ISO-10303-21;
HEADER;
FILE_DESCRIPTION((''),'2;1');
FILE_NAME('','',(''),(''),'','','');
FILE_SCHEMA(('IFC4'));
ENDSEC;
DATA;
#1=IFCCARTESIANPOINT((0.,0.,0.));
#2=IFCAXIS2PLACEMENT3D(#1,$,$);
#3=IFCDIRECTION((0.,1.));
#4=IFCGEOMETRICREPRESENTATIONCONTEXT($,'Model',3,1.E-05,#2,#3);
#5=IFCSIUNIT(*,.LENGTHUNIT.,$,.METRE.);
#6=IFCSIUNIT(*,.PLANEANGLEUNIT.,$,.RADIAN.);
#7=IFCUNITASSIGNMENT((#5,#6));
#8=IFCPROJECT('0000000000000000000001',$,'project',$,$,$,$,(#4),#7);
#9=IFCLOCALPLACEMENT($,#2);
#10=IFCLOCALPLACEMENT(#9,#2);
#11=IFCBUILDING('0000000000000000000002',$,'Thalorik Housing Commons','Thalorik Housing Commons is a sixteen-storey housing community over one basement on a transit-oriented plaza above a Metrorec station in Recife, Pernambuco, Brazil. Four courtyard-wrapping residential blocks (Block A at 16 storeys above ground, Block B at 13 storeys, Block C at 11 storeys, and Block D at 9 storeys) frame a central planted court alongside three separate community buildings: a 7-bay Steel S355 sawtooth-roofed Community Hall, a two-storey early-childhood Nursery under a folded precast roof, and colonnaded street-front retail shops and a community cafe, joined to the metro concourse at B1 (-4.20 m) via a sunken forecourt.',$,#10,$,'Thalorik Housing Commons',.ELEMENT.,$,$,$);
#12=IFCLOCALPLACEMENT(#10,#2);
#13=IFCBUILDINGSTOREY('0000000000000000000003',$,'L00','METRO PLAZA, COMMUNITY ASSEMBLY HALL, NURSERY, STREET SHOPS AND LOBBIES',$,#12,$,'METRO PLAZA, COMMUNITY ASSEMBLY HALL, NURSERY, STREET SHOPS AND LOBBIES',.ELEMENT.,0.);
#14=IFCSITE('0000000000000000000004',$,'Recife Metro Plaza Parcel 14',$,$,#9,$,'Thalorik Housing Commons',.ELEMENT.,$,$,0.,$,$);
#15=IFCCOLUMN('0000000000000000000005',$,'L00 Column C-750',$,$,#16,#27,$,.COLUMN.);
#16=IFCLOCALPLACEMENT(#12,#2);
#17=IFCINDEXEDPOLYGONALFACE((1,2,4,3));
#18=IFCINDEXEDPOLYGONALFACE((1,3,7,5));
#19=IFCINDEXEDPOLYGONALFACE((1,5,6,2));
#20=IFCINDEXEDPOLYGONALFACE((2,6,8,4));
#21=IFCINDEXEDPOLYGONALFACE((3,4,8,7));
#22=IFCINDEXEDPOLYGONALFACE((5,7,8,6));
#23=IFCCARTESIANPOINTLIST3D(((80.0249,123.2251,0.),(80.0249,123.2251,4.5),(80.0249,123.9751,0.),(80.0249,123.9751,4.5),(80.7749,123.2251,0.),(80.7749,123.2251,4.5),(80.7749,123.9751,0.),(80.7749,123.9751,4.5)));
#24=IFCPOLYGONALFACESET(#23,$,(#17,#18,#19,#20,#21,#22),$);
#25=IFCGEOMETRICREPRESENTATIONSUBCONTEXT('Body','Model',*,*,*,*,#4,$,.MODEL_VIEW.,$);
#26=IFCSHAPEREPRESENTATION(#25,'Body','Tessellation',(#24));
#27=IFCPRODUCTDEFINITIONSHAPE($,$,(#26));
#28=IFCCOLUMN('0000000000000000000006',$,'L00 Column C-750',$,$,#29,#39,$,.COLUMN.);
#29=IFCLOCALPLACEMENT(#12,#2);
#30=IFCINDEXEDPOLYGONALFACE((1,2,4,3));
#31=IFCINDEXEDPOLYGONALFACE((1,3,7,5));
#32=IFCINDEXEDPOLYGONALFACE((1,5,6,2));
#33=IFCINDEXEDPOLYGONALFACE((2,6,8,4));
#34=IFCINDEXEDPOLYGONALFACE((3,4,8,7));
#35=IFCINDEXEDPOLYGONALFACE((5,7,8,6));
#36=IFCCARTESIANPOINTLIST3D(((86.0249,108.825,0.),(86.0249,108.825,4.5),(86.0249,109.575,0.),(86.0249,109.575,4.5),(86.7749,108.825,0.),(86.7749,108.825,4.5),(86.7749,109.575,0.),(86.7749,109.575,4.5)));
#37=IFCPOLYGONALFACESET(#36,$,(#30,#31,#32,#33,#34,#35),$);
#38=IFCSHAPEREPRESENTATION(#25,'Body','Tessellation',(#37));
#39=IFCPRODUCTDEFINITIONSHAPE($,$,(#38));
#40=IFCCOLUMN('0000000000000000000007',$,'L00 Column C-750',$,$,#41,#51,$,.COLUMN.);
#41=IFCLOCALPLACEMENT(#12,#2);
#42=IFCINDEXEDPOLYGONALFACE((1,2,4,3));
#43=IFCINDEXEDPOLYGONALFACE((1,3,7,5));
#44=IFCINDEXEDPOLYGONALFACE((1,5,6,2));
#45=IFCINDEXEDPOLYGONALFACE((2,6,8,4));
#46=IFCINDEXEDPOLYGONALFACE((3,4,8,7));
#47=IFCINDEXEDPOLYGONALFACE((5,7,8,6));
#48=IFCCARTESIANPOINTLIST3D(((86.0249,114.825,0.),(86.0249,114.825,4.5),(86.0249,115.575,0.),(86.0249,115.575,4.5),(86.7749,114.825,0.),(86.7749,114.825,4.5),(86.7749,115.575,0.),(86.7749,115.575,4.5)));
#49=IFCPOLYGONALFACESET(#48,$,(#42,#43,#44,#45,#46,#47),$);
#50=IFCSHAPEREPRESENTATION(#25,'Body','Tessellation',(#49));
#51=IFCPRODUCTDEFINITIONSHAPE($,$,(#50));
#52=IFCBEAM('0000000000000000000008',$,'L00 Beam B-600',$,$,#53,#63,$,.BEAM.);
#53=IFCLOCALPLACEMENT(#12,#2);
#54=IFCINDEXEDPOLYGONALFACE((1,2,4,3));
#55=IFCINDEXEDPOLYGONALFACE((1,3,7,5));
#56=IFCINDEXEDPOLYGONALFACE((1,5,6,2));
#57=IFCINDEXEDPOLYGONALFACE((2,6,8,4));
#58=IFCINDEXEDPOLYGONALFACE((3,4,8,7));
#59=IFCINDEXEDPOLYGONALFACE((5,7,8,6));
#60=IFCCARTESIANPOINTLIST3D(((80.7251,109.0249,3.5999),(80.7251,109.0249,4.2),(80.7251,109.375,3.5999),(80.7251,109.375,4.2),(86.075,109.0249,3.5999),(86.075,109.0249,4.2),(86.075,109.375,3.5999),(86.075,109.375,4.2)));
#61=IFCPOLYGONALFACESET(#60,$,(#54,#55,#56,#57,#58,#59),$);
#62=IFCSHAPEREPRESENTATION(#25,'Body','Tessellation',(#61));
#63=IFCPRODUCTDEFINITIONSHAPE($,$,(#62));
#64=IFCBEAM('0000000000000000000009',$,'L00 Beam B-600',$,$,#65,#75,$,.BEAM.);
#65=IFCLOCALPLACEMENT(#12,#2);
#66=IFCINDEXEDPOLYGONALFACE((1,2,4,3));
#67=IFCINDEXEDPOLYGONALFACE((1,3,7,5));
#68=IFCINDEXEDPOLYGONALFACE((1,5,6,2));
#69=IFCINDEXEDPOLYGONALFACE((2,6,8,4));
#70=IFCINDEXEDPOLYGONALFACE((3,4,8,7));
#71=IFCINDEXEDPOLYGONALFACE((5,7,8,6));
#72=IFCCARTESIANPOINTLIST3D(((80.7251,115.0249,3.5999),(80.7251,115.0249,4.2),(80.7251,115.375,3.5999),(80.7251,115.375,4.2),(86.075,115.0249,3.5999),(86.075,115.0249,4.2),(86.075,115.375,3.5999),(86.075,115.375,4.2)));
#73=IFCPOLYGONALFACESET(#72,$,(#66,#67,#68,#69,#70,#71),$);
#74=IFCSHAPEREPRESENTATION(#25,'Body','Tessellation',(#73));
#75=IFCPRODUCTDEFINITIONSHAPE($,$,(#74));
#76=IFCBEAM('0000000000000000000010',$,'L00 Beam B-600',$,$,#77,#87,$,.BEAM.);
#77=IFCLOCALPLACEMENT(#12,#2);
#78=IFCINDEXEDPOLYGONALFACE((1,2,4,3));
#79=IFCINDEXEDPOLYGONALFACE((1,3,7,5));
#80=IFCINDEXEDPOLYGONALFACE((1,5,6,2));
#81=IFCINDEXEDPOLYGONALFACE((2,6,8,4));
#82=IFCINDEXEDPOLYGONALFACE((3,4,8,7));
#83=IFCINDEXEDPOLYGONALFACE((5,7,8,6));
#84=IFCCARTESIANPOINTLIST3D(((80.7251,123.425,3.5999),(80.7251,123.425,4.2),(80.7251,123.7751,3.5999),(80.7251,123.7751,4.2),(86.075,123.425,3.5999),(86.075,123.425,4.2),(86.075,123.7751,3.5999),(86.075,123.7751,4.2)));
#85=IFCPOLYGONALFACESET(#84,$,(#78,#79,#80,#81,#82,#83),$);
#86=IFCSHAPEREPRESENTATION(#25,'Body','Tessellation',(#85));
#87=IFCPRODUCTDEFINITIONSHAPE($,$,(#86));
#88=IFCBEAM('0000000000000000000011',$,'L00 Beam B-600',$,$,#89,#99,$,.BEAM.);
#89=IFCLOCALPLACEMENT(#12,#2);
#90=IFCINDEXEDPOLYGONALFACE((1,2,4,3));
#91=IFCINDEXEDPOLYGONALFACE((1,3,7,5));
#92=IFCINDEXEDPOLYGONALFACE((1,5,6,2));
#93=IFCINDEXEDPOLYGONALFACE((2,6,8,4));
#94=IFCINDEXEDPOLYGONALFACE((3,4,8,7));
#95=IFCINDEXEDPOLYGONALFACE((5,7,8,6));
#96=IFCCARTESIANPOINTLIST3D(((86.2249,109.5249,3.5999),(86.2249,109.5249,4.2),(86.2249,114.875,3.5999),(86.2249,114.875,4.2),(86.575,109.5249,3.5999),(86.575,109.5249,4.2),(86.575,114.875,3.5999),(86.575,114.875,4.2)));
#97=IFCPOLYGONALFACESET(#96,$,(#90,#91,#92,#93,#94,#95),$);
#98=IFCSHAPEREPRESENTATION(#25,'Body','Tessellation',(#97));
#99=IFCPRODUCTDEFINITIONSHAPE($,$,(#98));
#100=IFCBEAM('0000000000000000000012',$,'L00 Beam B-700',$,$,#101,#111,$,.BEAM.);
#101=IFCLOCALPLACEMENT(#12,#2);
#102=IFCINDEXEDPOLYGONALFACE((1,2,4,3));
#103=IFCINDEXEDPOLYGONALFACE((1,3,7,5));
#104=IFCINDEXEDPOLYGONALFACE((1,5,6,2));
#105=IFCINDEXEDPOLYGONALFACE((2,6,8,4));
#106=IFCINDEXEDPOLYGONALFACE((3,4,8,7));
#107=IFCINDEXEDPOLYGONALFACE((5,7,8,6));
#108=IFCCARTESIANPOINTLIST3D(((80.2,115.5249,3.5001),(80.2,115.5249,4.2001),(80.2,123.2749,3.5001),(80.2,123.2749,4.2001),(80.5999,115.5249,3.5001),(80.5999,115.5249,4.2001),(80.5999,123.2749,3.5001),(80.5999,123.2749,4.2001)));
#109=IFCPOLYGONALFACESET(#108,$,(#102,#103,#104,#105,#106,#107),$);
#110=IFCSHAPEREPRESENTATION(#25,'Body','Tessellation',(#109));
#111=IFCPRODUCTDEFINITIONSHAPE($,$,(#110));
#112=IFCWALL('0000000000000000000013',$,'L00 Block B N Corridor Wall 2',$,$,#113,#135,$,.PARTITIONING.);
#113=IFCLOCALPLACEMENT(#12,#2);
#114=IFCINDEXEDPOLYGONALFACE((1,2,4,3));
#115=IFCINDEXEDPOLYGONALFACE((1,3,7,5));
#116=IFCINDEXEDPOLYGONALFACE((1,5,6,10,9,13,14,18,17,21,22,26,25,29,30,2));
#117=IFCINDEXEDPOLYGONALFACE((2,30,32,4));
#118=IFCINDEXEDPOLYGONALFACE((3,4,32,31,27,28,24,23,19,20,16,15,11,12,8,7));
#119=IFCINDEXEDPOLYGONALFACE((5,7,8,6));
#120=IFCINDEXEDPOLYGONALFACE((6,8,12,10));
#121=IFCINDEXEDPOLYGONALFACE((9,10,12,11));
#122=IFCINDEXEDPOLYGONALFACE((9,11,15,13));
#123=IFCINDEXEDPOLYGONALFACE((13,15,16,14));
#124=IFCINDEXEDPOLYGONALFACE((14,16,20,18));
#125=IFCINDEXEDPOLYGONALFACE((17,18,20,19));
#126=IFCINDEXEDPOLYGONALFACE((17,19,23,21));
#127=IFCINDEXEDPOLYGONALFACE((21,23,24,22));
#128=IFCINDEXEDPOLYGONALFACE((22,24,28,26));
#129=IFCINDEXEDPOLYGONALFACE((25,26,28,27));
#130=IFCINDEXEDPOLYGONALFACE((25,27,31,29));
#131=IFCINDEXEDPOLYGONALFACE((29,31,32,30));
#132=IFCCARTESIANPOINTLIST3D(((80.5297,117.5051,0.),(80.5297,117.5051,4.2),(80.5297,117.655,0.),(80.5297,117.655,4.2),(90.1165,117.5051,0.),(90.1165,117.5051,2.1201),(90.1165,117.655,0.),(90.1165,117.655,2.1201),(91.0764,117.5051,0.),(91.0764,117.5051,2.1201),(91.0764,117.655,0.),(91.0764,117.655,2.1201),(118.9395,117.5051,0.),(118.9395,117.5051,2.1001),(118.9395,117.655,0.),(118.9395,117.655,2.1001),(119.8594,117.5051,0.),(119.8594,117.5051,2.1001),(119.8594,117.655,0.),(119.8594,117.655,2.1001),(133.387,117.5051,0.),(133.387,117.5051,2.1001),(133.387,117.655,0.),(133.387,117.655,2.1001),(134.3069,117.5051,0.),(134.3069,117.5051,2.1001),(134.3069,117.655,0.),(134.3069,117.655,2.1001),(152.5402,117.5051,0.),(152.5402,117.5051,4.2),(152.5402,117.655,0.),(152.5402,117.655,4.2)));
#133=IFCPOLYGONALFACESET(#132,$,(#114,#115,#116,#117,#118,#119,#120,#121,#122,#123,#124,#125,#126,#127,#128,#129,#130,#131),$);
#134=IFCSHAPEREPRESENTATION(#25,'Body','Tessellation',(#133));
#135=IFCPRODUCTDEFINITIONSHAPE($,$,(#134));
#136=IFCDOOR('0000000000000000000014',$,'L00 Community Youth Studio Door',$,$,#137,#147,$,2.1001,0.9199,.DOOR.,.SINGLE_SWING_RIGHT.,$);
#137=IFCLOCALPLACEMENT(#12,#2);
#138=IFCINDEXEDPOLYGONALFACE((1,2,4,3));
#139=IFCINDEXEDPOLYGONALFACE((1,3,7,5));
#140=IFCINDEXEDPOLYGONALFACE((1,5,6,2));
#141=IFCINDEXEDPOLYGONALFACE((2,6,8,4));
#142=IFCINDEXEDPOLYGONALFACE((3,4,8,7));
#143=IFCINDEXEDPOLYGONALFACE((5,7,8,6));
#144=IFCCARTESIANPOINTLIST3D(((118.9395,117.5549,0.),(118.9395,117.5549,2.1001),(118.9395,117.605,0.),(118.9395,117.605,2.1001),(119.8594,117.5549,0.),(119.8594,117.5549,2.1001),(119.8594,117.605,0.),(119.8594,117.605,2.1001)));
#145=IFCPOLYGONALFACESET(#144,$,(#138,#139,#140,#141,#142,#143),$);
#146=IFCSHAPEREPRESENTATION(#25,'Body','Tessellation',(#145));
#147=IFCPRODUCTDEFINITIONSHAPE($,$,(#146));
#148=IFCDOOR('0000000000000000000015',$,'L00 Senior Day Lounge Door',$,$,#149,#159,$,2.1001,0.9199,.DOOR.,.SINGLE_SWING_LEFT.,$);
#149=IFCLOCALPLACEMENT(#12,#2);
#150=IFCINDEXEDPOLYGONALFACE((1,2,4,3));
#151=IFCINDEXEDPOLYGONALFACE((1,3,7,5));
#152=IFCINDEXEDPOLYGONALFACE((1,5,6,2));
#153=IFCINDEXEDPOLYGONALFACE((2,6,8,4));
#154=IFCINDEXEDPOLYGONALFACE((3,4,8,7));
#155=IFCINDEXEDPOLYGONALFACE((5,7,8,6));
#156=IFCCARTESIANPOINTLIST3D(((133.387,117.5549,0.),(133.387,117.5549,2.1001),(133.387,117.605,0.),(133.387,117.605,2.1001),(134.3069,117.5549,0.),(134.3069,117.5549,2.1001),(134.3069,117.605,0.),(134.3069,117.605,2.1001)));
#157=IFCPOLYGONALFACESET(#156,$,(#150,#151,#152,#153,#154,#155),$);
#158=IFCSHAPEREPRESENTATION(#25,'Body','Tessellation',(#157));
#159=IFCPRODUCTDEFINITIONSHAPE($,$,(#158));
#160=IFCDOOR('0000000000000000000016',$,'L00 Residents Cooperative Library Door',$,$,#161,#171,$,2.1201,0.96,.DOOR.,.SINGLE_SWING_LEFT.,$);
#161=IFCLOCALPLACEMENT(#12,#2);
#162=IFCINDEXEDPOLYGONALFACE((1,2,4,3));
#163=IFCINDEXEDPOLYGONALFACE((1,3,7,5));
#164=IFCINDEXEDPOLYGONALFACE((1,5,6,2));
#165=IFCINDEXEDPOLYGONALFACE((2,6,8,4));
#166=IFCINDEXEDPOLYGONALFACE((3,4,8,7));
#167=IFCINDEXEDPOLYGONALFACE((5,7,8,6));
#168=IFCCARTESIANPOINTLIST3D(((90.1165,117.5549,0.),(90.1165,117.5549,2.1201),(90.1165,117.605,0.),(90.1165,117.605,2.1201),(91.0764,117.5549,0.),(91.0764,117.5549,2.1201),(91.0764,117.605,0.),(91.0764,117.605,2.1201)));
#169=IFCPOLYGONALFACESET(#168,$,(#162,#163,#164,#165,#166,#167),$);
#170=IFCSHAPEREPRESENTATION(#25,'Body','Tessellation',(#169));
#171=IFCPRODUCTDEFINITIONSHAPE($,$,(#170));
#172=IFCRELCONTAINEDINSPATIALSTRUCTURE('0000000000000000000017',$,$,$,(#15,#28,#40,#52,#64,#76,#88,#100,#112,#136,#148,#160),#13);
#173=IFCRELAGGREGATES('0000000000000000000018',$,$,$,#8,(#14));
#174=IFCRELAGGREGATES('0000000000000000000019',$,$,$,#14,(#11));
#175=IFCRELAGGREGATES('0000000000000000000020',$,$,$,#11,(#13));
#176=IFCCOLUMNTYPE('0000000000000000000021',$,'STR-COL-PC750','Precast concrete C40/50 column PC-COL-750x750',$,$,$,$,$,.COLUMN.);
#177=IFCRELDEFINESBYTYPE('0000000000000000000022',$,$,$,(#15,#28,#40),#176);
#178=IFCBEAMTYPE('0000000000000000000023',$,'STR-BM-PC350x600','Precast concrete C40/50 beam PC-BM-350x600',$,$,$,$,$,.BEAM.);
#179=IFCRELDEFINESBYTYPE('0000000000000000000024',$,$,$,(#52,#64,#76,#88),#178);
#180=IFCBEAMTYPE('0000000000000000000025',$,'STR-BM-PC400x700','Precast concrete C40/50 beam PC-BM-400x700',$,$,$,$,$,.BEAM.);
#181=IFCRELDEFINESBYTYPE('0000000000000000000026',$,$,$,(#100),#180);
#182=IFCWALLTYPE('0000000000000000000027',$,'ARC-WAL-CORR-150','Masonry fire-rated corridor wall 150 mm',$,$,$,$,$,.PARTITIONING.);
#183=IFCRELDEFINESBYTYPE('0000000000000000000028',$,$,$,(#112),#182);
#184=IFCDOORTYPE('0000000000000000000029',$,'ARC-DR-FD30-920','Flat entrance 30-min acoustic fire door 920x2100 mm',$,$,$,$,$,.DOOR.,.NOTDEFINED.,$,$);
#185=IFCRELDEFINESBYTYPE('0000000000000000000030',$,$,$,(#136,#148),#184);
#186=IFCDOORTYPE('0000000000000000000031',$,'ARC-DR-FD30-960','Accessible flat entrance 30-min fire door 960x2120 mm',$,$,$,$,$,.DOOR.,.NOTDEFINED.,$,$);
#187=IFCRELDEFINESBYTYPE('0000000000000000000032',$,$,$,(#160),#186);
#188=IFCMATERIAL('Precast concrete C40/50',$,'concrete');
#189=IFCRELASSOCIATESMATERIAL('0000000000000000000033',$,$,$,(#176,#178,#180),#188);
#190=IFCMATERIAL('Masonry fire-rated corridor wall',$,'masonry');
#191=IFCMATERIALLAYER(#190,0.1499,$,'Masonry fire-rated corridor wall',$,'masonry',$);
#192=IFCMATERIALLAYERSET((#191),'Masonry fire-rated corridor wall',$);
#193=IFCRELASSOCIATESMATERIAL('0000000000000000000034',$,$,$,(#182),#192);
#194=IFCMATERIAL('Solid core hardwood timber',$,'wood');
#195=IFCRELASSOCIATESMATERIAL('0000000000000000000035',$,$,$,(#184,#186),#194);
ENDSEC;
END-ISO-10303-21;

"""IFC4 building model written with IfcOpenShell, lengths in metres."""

from ifc_helpers import new_model, si_unit, direction, frame, frame_2d, origin, origin_2d, place, context, subcontext, project, spatial, rectangle, extrude, material, layer, layer_set, material_profile, profile_set, type_object, element, fill, save


model = new_model("IFC4")

# Units and contexts
model_context = context("Model", 3, precision=1e-05, world=origin(), true_north=direction((0.0, 1.0)))
body_context = subcontext(model_context, "Body", "Model", "MODEL_VIEW")
ifc_project = project(units=[si_unit("LENGTHUNIT", "METRE"), si_unit("PLANEANGLEUNIT", "RADIAN")], contexts=[model_context])

# Site, building, storey
site_placement = place(None, origin())
site = spatial("IfcSite", under=ifc_project, at=site_placement, Name="Recife Metro Plaza Parcel 14", LongName="Thalorik Housing Commons", CompositionType="ELEMENT", RefElevation=0.0)
building_placement = place(site_placement, origin())
building = spatial("IfcBuilding", under=site, at=building_placement, Name="Thalorik Housing Commons", Description="Thalorik Housing Commons is a sixteen-storey housing community over one basement on a transit-oriented plaza above a Metrorec station in Recife, Pernambuco, Brazil. Four courtyard-wrapping residential blocks (Block A at 16 storeys above ground, Block B at 13 storeys, Block C at 11 storeys, and Block D at 9 storeys) frame a central planted court alongside three separate community buildings: a 7-bay Steel S355 sawtooth-roofed Community Hall, a two-storey early-childhood Nursery under a folded precast roof, and colonnaded street-front retail shops and a community cafe, joined to the metro concourse at B1 (-4.20 m) via a sunken forecourt.", LongName="Thalorik Housing Commons", CompositionType="ELEMENT")
storey_placement = place(building_placement, origin())
storey = spatial("IfcBuildingStorey", under=building, at=storey_placement, Name="L00", Description="METRO PLAZA, COMMUNITY ASSEMBLY HALL, NURSERY, STREET SHOPS AND LOBBIES", LongName="METRO PLAZA, COMMUNITY ASSEMBLY HALL, NURSERY, STREET SHOPS AND LOBBIES", CompositionType="ELEMENT", Elevation=0.0)

# Columns
ifc_material_1 = material(Name="Precast concrete C40/50", Category="concrete")
ifc_material_profile_1 = material_profile(ifc_material_1, rectangle(XDim=0.75, YDim=0.75, at=origin_2d()), Name="PC 750x750", Category="concrete")
ifc_profile_set_1 = profile_set([ifc_material_profile_1], Name="Precast concrete C40/50")
column_type = type_object("IfcColumnType", Name="STR-COL-PC750", Description="Precast concrete C40/50 column PC-COL-750x750", PredefinedType="COLUMN", material=ifc_profile_set_1)
for number, where, z_axis, x_axis, name in (
    (1, (80.3999, 123.6001, 0.0), (0.0, 0.0, 1.0), (1.0, 0.0, 0.0), "L00 Column C-750"),
    (2, (86.3999, 109.2, 0.0), (0.0, 0.0, 1.0), (1.0, 0.0, 0.0), "L00 Column C-750"),
    (3, (86.3999, 115.2, 0.0), (0.0, 0.0, 1.0), (1.0, 0.0, 0.0), "L00 Column C-750"),
):
    element("IfcColumn", number, at=place(storey_placement, frame(where, z_axis=z_axis, x_axis=x_axis)), inside=storey, type_object=column_type, Name=name, PredefinedType="COLUMN", context=body_context, shape_type="SweptSolid", body=[
        extrude(rectangle(XDim=0.75, YDim=0.75, at=origin_2d()), origin(), (0.0, 0.0, 1.0), 4.5),
    ])

# Beams
ifc_material_profile_2 = material_profile(ifc_material_1, rectangle(XDim=0.3501, YDim=0.6001, at=origin_2d()), Name="PC 350x600", Category="concrete")
ifc_profile_set_2 = profile_set([ifc_material_profile_2], Name="Precast concrete C40/50")
beam_type_1 = type_object("IfcBeamType", Name="STR-BM-PC350x600", Description="Precast concrete C40/50 beam PC-BM-350x600", PredefinedType="BEAM", material=ifc_profile_set_2)
for number, where, z_axis, x_axis, name in (
    (4, (80.7251, 109.2, 3.8999), (1.0, 0.0, 0.0), (0.0, 1.0, 0.0), "L00 Beam B-600"),
    (5, (80.7251, 115.2, 3.8999), (1.0, 0.0, 0.0), (0.0, 1.0, 0.0), "L00 Beam B-600"),
    (6, (80.7251, 123.6001, 3.8999), (1.0, 0.0, 0.0), (0.0, 1.0, 0.0), "L00 Beam B-600"),
):
    element("IfcBeam", number, at=place(storey_placement, frame(where, z_axis=z_axis, x_axis=x_axis)), inside=storey, type_object=beam_type_1, Name=name, PredefinedType="BEAM", context=body_context, shape_type="SweptSolid", body=[
        extrude(rectangle(XDim=0.3501, YDim=0.6001, at=origin_2d()), origin(), (0.0, 0.0, 1.0), 5.3499),
    ])
beam_1_placement = place(storey_placement, frame((86.3999, 109.5249, 3.8999), z_axis=(0.0, 1.0, 0.0), x_axis=(-1.0, 0.0, 0.0)))
element("IfcBeam", 7, at=beam_1_placement, inside=storey, type_object=beam_type_1, Name="L00 Beam B-600", PredefinedType="BEAM", context=body_context, shape_type="SweptSolid", body=[
    extrude(rectangle(XDim=0.3501, YDim=0.6001, at=origin_2d()), origin(), (0.0, 0.0, 1.0), 5.3501),
])
ifc_material_profile_3 = material_profile(ifc_material_1, rectangle(XDim=0.3999, YDim=0.7, at=origin_2d()), Name="PC 400x700", Category="concrete")
ifc_profile_set_3 = profile_set([ifc_material_profile_3], Name="Precast concrete C40/50")
beam_type_2 = type_object("IfcBeamType", Name="STR-BM-PC400x700", Description="Precast concrete C40/50 beam PC-BM-400x700", PredefinedType="BEAM", material=ifc_profile_set_3)
beam_2_placement = place(storey_placement, frame((80.3999, 115.5249, 3.8501), z_axis=(0.0, 1.0, 0.0), x_axis=(-1.0, 0.0, 0.0)))
element("IfcBeam", 8, at=beam_2_placement, inside=storey, type_object=beam_type_2, Name="L00 Beam B-700", PredefinedType="BEAM", context=body_context, shape_type="SweptSolid", body=[
    extrude(rectangle(XDim=0.3999, YDim=0.7, at=origin_2d()), origin(), (0.0, 0.0, 1.0), 7.75),
])

# Wall, openings, doors
ifc_material_2 = material(Name="Masonry fire-rated corridor wall", Category="masonry")
ifc_layer_1 = layer(ifc_material_2, 0.1499, Name="Masonry fire-rated corridor wall", Category="masonry")
ifc_layer_set_1 = layer_set([ifc_layer_1], Name="Masonry fire-rated corridor wall")
wall_type_1 = type_object("IfcWallType", Name="ARC-WAL-CORR-150", Description="Masonry fire-rated corridor wall 150 mm", PredefinedType="PARTITIONING", material=ifc_layer_set_1)
wall_1_placement = place(storey_placement, frame((80.5295, 117.5801, 0.0), z_axis=(0.0, 0.0, 1.0), x_axis=(1.0, 0.0, 0.0)))
wall_1 = element("IfcWall", 9, at=wall_1_placement, inside=storey, type_object=wall_type_1, Name="L00 Block B N Corridor Wall 2", PredefinedType="PARTITIONING", context=body_context, shape_type="SweptSolid", body=[
    extrude(rectangle(XDim=72.0105, YDim=0.1499, at=frame_2d((36.0054, 0.0))), origin(), (0.0, 0.0, 1.0), 4.2),
])
opening_1_placement = place(wall_1_placement, frame((9.5869, 0.0, 0.0)))
opening_1 = element("IfcOpeningElement", 10, at=opening_1_placement, cuts=wall_1, PredefinedType="OPENING", context=body_context, shape_type="SweptSolid", body=[
    extrude(rectangle(XDim=0.96, YDim=2.1201, at=frame_2d((0.48, 1.0601))), frame((0.0, 0.085, 0.0), z_axis=(0.0, -1.0, 0.0), x_axis=(1.0, 0.0, 0.0)), (0.0, 0.0, 1.0), 0.1699),
])
opening_2_placement = place(wall_1_placement, frame((38.4099, 0.0, 0.0)))
opening_2 = element("IfcOpeningElement", 11, at=opening_2_placement, cuts=wall_1, PredefinedType="OPENING", context=body_context, shape_type="SweptSolid", body=[
    extrude(rectangle(XDim=0.9199, YDim=2.1001, at=frame_2d((0.46, 1.05))), frame((0.0, 0.085, 0.0), z_axis=(0.0, -1.0, 0.0), x_axis=(1.0, 0.0, 0.0)), (0.0, 0.0, 1.0), 0.1699),
])
opening_3_placement = place(wall_1_placement, frame((52.8574, 0.0, 0.0)))
opening_3 = element("IfcOpeningElement", 12, at=opening_3_placement, cuts=wall_1, PredefinedType="OPENING", context=body_context, shape_type="SweptSolid", body=[
    extrude(rectangle(XDim=0.9199, YDim=2.1001, at=frame_2d((0.46, 1.05))), frame((0.0, 0.085, 0.0), z_axis=(0.0, -1.0, 0.0), x_axis=(1.0, 0.0, 0.0)), (0.0, 0.0, 1.0), 0.1699),
])
ifc_material_3 = material(Name="Solid core hardwood timber", Category="wood")
door_type_1 = type_object("IfcDoorType", Name="ARC-DR-FD30-920", Description="Flat entrance 30-min acoustic fire door 920x2100 mm", OperationType="NOTDEFINED", PredefinedType="DOOR", material=ifc_material_3)
door_1_placement = place(opening_2_placement, origin())
door_1 = element("IfcDoor", 13, at=door_1_placement, inside=storey, type_object=door_type_1, Name="L00 Community Youth Studio Door", OperationType="SINGLE_SWING_RIGHT", OverallHeight=2.1001, OverallWidth=0.9199, PredefinedType="DOOR", context=body_context, shape_type="SweptSolid", body=[
    extrude(rectangle(XDim=0.9199, YDim=2.1001, at=frame_2d((0.46, 1.05))), frame((0.0, 0.0249, 0.0), z_axis=(0.0, -1.0, 0.0), x_axis=(1.0, 0.0, 0.0)), (0.0, 0.0, 1.0), 0.05),
])
fill(opening_2, door_1)
door_2_placement = place(opening_3_placement, origin())
door_2 = element("IfcDoor", 14, at=door_2_placement, inside=storey, type_object=door_type_1, Name="L00 Senior Day Lounge Door", OperationType="SINGLE_SWING_LEFT", OverallHeight=2.1001, OverallWidth=0.9199, PredefinedType="DOOR", context=body_context, shape_type="SweptSolid", body=[
    extrude(rectangle(XDim=0.9199, YDim=2.1001, at=frame_2d((0.46, 1.05))), frame((0.0, 0.0249, 0.0), z_axis=(0.0, -1.0, 0.0), x_axis=(1.0, 0.0, 0.0)), (0.0, 0.0, 1.0), 0.05),
])
fill(opening_3, door_2)
door_type_2 = type_object("IfcDoorType", Name="ARC-DR-FD30-960", Description="Accessible flat entrance 30-min fire door 960x2120 mm", OperationType="NOTDEFINED", PredefinedType="DOOR", material=ifc_material_3)
door_3_placement = place(opening_1_placement, origin())
door_3 = element("IfcDoor", 15, at=door_3_placement, inside=storey, type_object=door_type_2, Name="L00 Residents Cooperative Library Door", OperationType="SINGLE_SWING_LEFT", OverallHeight=2.1201, OverallWidth=0.96, PredefinedType="DOOR", context=body_context, shape_type="SweptSolid", body=[
    extrude(rectangle(XDim=0.96, YDim=2.1201, at=frame_2d((0.48, 1.0601))), frame((0.0, 0.0249, 0.0), z_axis=(0.0, -1.0, 0.0), x_axis=(1.0, 0.0, 0.0)), (0.0, 0.0, 1.0), 0.05),
])
fill(opening_1, door_3)

save(model, "model.ifc")
